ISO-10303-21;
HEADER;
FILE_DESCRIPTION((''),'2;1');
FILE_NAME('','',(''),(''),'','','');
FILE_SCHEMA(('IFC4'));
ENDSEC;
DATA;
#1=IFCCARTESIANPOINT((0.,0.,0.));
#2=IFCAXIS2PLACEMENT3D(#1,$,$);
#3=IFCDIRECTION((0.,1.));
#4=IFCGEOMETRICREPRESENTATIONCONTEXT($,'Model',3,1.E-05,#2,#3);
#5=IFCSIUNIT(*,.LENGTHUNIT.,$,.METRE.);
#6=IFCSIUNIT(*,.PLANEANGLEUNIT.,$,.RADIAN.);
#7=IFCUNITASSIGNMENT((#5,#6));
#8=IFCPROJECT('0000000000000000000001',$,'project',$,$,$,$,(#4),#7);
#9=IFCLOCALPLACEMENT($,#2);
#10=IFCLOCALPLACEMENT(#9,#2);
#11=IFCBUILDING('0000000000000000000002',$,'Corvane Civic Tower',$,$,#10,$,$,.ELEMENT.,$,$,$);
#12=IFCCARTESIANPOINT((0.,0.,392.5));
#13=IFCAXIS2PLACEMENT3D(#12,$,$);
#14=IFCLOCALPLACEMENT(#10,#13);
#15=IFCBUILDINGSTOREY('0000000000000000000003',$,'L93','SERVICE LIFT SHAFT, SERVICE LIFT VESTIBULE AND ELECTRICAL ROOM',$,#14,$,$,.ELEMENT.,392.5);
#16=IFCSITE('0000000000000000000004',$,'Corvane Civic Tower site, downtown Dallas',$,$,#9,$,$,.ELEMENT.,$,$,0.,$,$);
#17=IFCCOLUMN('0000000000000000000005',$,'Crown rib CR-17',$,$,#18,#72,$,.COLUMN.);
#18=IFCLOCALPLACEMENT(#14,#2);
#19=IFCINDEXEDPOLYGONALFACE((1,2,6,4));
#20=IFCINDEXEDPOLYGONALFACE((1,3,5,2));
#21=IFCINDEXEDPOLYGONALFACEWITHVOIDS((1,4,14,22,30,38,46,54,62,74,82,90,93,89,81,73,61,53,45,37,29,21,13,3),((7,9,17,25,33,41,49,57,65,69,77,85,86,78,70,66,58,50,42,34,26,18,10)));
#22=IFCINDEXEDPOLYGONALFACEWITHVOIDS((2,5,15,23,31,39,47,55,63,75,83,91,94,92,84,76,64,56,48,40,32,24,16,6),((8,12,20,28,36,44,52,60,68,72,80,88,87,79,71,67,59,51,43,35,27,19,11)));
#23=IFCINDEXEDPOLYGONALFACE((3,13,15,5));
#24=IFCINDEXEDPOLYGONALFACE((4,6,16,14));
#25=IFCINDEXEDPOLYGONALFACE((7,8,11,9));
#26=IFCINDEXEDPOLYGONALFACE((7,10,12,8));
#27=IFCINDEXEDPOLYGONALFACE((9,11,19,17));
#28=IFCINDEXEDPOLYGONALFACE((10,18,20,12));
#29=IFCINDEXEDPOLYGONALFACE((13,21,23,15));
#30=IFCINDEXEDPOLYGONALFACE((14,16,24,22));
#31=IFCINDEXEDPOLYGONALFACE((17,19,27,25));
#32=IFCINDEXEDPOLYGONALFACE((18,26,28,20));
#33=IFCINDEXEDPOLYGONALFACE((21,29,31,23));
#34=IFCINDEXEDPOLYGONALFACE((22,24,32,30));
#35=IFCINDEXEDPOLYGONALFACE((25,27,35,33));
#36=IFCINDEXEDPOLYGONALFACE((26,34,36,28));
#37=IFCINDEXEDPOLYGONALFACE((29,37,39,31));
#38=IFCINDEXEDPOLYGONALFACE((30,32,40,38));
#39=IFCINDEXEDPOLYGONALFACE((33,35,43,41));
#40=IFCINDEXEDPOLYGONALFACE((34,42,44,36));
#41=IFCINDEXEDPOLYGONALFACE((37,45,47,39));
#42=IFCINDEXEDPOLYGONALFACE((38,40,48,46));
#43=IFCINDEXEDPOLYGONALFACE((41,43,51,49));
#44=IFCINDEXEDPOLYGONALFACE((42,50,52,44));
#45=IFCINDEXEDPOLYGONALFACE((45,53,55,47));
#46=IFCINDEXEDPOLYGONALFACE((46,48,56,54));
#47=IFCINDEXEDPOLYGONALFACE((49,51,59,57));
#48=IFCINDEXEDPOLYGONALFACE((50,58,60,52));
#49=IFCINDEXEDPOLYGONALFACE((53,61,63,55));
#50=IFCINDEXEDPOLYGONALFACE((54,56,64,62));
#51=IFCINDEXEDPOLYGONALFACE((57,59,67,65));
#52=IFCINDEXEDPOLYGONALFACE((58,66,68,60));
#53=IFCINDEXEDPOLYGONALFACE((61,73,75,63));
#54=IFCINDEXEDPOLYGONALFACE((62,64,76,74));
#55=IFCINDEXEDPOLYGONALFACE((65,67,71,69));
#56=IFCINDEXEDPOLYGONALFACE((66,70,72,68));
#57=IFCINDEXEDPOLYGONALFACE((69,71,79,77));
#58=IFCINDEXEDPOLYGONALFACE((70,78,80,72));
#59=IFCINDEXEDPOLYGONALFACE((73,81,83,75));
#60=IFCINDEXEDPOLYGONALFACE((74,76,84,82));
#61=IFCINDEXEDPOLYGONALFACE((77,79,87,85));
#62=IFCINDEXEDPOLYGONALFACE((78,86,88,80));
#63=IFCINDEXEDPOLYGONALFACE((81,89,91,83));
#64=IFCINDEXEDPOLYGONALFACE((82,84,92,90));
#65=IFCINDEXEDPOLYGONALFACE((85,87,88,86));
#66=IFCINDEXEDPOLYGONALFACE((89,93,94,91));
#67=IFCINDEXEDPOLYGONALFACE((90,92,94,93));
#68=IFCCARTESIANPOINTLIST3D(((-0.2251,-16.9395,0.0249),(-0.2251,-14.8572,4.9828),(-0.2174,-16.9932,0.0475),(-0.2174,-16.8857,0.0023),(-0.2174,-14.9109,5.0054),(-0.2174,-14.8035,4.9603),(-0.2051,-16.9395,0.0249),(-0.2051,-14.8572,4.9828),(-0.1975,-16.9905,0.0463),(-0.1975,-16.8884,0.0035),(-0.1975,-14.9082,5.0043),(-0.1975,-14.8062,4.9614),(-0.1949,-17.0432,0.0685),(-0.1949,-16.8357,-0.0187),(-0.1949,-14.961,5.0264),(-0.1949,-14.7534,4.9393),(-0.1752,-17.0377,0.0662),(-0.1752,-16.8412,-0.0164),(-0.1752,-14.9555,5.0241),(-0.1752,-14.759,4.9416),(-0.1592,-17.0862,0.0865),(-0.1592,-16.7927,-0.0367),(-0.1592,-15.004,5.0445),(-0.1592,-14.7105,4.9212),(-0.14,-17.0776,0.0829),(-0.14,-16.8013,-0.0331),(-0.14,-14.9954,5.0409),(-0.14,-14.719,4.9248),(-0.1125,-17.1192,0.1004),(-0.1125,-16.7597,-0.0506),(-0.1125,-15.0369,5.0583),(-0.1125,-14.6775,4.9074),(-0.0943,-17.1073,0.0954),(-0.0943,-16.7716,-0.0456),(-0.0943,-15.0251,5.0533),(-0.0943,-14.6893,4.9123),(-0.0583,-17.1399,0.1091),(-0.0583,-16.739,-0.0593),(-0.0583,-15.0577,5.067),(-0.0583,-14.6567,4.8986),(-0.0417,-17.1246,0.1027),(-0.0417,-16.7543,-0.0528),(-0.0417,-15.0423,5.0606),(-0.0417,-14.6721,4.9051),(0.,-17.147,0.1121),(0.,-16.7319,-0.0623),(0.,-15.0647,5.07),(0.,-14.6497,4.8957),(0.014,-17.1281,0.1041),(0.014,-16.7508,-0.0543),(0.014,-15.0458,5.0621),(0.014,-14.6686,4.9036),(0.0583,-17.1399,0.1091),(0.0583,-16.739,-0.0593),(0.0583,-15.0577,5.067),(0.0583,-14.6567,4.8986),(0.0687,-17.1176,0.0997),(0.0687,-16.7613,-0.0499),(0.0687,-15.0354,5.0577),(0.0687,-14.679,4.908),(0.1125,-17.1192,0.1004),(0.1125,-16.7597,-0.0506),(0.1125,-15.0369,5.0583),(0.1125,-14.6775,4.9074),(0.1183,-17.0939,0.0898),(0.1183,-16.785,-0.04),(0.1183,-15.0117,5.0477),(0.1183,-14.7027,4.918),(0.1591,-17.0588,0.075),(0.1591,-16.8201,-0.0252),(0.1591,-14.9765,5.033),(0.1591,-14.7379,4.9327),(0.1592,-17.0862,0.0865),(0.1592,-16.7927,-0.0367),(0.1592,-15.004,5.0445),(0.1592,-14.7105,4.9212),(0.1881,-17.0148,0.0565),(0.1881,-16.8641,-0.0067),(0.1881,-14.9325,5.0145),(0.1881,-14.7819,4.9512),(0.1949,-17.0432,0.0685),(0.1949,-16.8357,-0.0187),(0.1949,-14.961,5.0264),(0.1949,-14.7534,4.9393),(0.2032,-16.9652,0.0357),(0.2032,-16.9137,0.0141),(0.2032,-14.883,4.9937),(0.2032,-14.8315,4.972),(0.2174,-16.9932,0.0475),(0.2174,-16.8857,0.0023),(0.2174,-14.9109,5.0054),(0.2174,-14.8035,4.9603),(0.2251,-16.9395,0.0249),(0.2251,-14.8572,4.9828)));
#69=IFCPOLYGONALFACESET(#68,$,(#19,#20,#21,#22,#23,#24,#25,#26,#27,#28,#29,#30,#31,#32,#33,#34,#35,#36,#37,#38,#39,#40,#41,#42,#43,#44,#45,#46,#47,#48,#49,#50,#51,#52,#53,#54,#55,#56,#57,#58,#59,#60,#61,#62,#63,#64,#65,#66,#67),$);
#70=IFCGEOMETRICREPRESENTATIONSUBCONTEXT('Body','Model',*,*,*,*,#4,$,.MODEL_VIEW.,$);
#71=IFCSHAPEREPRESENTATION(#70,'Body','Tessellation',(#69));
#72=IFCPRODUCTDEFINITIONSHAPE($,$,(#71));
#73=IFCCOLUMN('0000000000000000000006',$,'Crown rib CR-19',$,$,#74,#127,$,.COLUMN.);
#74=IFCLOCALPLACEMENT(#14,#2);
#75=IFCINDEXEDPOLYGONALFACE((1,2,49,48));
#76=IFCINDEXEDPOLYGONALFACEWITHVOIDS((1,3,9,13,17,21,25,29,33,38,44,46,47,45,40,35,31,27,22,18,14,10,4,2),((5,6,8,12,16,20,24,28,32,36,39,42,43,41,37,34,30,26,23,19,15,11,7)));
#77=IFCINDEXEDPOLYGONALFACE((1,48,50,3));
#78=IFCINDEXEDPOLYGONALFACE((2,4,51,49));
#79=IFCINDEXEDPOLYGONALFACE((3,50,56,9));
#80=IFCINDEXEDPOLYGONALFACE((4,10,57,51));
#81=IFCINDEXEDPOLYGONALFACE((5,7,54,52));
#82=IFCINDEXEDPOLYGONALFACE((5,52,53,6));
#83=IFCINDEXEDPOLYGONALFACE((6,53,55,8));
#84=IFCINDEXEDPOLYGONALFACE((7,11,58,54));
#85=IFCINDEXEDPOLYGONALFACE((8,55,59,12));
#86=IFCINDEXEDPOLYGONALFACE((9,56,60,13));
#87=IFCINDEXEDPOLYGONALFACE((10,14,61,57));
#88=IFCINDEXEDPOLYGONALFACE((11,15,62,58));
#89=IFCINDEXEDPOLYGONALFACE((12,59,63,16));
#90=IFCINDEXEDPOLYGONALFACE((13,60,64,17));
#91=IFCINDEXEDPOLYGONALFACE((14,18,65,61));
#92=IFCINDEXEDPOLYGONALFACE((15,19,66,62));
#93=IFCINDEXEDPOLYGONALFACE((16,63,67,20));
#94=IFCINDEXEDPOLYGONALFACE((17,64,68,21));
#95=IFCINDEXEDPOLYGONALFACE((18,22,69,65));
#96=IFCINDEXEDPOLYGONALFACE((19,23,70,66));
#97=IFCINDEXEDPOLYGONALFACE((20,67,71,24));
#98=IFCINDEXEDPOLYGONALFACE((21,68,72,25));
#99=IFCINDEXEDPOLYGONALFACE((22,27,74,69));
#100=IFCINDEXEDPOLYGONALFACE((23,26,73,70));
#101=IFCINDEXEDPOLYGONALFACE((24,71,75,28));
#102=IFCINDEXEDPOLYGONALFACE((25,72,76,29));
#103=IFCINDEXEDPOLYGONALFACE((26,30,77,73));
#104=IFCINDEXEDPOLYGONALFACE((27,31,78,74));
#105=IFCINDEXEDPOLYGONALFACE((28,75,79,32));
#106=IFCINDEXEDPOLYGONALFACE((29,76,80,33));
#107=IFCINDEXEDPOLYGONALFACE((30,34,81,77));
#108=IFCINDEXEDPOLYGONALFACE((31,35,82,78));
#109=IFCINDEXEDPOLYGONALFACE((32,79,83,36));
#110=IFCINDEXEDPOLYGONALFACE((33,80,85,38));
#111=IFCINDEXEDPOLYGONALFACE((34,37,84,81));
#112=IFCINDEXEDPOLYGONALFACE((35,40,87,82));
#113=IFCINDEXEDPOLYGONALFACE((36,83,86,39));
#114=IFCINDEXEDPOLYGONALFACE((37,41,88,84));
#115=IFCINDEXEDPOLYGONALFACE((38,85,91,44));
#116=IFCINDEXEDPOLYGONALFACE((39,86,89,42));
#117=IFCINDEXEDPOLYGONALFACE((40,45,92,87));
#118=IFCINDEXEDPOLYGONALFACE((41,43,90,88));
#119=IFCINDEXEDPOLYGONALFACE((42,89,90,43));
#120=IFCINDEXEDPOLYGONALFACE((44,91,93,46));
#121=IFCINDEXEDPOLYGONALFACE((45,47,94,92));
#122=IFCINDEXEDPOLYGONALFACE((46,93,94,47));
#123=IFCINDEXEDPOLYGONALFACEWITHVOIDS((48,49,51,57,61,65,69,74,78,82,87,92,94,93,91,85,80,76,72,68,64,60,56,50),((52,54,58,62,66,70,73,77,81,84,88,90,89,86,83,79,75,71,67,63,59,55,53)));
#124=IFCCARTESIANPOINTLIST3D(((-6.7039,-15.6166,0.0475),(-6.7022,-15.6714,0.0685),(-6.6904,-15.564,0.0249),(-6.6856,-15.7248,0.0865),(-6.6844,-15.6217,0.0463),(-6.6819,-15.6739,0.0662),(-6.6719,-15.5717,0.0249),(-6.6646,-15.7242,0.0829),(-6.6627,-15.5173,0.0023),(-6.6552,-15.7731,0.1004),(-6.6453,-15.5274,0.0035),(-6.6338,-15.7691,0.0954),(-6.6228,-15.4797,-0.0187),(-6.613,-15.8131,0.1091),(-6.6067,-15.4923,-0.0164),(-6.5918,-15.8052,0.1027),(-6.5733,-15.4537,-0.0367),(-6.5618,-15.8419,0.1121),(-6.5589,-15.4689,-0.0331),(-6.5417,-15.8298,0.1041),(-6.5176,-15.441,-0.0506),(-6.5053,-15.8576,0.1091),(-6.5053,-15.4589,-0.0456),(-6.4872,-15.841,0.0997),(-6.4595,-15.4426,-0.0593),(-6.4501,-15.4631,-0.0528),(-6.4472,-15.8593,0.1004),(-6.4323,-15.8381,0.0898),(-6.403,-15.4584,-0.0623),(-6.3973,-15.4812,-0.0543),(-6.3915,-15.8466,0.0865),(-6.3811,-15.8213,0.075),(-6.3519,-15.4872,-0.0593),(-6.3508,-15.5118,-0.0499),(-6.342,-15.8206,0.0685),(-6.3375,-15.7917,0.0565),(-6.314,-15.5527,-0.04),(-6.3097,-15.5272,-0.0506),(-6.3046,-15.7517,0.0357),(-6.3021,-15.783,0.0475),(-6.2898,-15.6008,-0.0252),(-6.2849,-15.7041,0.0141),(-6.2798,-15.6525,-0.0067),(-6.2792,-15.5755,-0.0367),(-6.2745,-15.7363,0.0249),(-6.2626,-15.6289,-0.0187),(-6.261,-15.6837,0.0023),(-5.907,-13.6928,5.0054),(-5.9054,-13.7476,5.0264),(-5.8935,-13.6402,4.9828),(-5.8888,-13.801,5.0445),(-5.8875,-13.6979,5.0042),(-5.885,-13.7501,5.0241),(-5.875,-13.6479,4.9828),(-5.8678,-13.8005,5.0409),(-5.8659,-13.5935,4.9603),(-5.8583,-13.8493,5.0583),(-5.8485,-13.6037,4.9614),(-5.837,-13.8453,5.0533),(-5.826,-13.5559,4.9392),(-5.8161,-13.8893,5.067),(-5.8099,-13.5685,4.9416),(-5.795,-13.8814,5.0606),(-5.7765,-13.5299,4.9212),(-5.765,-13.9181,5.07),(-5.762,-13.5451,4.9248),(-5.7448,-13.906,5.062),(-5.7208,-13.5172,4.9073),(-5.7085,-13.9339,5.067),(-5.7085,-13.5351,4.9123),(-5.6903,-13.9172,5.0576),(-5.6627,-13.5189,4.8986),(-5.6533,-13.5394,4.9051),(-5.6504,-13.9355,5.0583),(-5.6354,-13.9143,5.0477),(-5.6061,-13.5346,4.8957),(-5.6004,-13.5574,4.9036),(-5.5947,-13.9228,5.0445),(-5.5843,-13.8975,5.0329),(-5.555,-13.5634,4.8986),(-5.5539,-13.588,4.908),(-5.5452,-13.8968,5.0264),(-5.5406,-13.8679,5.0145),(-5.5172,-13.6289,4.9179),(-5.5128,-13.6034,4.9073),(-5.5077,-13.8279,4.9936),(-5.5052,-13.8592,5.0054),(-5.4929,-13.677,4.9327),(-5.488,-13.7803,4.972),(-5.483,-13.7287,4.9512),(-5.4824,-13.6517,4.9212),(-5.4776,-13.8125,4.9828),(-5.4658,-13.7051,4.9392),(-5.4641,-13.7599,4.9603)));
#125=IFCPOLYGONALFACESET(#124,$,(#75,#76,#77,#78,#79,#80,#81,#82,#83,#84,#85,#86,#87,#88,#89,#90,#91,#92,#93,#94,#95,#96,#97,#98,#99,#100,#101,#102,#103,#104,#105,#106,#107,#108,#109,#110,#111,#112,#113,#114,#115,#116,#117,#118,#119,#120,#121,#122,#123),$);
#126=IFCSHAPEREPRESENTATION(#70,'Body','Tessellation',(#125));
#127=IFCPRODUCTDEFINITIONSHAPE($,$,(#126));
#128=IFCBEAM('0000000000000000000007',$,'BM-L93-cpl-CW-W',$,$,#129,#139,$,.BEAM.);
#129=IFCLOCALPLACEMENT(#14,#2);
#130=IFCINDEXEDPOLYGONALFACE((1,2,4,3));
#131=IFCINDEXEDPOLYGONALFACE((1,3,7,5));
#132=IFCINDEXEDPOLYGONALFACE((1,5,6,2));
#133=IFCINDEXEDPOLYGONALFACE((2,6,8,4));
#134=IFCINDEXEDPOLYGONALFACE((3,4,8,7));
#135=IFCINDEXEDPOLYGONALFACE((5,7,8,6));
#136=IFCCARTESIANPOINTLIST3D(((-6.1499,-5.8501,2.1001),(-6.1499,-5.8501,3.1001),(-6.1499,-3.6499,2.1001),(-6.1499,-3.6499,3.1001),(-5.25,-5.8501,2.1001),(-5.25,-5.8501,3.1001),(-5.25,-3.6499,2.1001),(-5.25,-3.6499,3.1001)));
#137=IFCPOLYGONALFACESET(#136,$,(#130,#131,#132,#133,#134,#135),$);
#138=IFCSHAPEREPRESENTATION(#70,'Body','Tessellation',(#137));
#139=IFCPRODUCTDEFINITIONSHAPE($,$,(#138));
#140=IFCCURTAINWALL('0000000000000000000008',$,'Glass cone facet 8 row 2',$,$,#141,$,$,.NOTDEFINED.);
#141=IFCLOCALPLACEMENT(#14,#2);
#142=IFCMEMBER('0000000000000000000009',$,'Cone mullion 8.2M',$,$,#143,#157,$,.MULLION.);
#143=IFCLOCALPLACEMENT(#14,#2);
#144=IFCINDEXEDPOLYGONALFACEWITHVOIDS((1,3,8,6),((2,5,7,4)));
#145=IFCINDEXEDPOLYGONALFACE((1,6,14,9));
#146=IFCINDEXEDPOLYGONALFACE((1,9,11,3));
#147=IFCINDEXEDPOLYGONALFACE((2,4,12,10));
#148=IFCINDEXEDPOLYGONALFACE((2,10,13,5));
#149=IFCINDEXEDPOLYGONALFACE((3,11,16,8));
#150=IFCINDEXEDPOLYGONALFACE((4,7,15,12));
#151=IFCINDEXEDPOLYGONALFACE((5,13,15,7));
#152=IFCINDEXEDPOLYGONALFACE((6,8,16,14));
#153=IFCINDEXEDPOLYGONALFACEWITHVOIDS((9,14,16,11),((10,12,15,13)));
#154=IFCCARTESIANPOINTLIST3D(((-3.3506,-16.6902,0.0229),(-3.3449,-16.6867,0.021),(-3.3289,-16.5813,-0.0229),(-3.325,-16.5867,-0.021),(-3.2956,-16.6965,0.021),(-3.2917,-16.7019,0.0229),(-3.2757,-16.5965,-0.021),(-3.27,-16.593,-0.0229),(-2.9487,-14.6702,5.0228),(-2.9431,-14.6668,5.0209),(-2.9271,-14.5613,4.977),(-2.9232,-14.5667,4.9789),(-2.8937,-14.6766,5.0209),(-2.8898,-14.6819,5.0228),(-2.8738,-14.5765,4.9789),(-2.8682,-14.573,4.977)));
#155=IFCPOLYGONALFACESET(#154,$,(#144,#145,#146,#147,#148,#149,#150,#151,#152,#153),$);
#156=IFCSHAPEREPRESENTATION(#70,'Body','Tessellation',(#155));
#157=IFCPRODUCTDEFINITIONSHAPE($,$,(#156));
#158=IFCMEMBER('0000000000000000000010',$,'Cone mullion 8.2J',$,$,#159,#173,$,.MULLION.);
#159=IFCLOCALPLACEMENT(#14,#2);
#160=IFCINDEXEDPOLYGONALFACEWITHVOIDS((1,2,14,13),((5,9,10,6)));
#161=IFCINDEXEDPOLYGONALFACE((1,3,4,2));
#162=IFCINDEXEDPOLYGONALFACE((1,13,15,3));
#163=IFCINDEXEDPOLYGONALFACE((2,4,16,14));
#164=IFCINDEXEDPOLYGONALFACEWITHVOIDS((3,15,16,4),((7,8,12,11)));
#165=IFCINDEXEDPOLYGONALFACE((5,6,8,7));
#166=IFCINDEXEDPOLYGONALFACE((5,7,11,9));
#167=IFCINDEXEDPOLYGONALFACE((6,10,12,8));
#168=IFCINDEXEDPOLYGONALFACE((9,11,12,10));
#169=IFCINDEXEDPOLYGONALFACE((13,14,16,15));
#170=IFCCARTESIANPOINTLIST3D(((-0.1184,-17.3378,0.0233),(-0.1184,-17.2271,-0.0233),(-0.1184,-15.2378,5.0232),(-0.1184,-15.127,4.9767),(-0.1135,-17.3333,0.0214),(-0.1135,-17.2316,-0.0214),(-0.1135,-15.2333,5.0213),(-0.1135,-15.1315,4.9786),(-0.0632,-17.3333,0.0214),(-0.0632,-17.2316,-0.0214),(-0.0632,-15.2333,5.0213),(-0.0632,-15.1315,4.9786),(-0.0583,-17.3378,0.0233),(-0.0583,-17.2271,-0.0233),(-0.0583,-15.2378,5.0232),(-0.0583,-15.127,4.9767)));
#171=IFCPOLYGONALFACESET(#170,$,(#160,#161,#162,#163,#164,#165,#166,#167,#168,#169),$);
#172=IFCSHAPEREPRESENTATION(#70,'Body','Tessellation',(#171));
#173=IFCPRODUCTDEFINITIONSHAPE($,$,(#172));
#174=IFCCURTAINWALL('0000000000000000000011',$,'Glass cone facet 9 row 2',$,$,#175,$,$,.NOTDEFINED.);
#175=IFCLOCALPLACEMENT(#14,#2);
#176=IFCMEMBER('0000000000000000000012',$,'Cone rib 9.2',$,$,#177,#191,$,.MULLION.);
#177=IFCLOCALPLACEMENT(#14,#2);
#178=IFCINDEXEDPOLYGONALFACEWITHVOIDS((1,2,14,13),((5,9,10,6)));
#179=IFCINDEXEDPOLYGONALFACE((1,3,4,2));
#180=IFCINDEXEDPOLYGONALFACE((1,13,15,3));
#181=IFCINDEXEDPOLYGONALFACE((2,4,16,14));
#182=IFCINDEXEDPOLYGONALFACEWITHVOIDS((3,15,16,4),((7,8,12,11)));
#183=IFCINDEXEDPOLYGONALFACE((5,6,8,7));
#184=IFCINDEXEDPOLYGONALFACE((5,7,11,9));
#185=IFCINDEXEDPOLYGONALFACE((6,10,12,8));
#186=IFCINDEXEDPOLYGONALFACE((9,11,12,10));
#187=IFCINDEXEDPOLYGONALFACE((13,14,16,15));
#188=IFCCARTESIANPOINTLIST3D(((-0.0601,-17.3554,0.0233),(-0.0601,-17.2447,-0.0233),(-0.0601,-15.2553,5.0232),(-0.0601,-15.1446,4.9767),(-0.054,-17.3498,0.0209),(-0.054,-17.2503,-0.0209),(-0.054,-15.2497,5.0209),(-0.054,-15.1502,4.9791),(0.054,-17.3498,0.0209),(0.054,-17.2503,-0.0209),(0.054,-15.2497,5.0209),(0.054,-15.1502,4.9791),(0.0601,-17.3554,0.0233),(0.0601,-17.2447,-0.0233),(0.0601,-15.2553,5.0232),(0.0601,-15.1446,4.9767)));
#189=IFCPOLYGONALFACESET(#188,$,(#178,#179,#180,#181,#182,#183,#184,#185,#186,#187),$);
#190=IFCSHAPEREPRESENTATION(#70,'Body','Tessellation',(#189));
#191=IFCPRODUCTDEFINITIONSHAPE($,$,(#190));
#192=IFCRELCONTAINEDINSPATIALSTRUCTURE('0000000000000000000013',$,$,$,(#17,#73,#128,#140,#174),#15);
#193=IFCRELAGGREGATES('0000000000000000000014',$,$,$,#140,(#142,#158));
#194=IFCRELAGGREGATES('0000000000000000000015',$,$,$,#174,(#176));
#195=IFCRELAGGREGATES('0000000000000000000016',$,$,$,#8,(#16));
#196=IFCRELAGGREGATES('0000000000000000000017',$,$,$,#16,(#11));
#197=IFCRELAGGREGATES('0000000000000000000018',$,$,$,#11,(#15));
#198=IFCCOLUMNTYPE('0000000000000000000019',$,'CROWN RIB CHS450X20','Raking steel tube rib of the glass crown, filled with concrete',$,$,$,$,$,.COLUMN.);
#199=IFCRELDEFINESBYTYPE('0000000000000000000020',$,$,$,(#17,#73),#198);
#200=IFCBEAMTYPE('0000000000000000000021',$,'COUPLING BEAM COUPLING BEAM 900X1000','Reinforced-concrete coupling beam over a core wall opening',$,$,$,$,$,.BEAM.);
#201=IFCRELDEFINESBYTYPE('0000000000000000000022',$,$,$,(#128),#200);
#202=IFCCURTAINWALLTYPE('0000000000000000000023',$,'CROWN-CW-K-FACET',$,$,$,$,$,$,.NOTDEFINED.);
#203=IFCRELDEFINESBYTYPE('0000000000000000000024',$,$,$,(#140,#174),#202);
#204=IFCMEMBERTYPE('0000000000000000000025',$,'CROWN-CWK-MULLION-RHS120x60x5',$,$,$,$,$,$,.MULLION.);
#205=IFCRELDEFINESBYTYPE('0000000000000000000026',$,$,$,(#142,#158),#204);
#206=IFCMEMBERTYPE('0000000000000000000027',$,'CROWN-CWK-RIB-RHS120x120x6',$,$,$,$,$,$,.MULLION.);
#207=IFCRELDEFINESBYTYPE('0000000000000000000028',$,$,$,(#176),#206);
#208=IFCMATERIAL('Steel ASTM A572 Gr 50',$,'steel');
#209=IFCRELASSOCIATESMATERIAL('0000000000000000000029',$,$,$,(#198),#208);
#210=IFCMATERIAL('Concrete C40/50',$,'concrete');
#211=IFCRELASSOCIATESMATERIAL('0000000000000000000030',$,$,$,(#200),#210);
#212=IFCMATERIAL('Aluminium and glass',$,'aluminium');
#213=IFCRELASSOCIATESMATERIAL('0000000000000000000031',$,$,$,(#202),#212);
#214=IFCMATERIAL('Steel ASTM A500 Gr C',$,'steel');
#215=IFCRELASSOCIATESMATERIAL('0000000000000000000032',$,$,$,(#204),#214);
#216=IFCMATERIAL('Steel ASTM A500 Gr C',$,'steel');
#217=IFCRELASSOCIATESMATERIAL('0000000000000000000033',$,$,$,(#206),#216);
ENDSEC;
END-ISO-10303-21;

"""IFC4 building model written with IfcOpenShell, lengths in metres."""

from ifc_helpers import new_model, si_unit, direction, frame, origin, origin_2d, place, context, subcontext, project, spatial, rectangle, hollow_rectangle, hollow_circle, extrude, material, material_profile, profile_set, type_object, element, aggregate, save


model = new_model("IFC4")

# Units and contexts
model_context = context("Model", 3, precision=1e-05, world=origin(), true_north=direction((0.0, 1.0)))
body_context = subcontext(model_context, "Body", "Model", "MODEL_VIEW")
ifc_project = project(units=[si_unit("LENGTHUNIT", "METRE"), si_unit("PLANEANGLEUNIT", "RADIAN")], contexts=[model_context])

# Site, building, storey
site_placement = place(None, origin())
site = spatial("IfcSite", under=ifc_project, at=site_placement, Name="Corvane Civic Tower site, downtown Dallas", CompositionType="ELEMENT", RefElevation=0.0)
building_placement = place(site_placement, origin())
building = spatial("IfcBuilding", under=site, at=building_placement, Name="Corvane Civic Tower", CompositionType="ELEMENT")
storey_placement = place(building_placement, frame((0.0, 0.0, 392.5)))
storey = spatial("IfcBuildingStorey", under=building, at=storey_placement, Name="L93", Description="SERVICE LIFT SHAFT, SERVICE LIFT VESTIBULE AND ELECTRICAL ROOM", CompositionType="ELEMENT", Elevation=392.5)

# Columns
ifc_material_1 = material(Name="Steel ASTM A572 Gr 50", Category="steel")
ifc_material_profile_1 = material_profile(ifc_material_1, hollow_circle(Radius=0.2251, WallThickness=0.02, at=origin_2d()), Name="CHS450X20")
ifc_profile_set_1 = profile_set([ifc_material_profile_1], Name="Steel ASTM A572 Gr 50")
column_type = type_object("IfcColumnType", Name="CROWN RIB CHS450X20", Description="Raking steel tube rib of the glass crown, filled with concrete", PredefinedType="COLUMN", material=ifc_profile_set_1)
for number, where, z_axis, x_axis, name in (
    (1, (0.0, -16.9395, 0.0249), (0.0, 0.387219, 0.921988), (-1.0, 0.0, 0.0), "Crown rib CR-17"),
    (2, (-6.4824, -15.6501, 0.0249), (0.148186, 0.357752, 0.921984), (-0.92388, 0.382683, 0.0), "Crown rib CR-19"),
):
    element("IfcColumn", number, at=place(storey_placement, frame(where, z_axis=z_axis, x_axis=x_axis)), inside=storey, type_object=column_type, Name=name, PredefinedType="COLUMN", context=body_context, shape_type="SweptSolid", body=[
        extrude(hollow_circle(Radius=0.2251, WallThickness=0.02, at=origin_2d()), origin(), (0.0, 0.0, 1.0), 5.3774),
    ])

# Beam
ifc_material_2 = material(Name="Concrete C40/50", Category="concrete")
ifc_material_profile_2 = material_profile(ifc_material_2, rectangle(XDim=0.8999, YDim=1.0, at=origin_2d()), Name="COUPLING BEAM 900X1000")
ifc_profile_set_2 = profile_set([ifc_material_profile_2], Name="Concrete C40/50")
beam_type_1 = type_object("IfcBeamType", Name="COUPLING BEAM COUPLING BEAM 900X1000", Description="Reinforced-concrete coupling beam over a core wall opening", PredefinedType="BEAM", material=ifc_profile_set_2)
beam_1_placement = place(storey_placement, frame((-5.7, -5.8501, 2.6001), z_axis=(0.0, 1.0, 0.0), x_axis=(-1.0, 0.0, 0.0)))
element("IfcBeam", 3, at=beam_1_placement, inside=storey, type_object=beam_type_1, Name="BM-L93-cpl-CW-W", PredefinedType="BEAM", context=body_context, shape_type="SweptSolid", body=[
    extrude(rectangle(XDim=0.8999, YDim=1.0, at=origin_2d()), origin(), (0.0, 0.0, 1.0), 2.2002),
])

# Curtain wall, members
ifc_material_3 = material(Name="Aluminium and glass", Category="aluminium")
curtain_wall_type = type_object("IfcCurtainWallType", Name="CROWN-CW-K-FACET", PredefinedType="NOTDEFINED", material=ifc_material_3)
curtain_wall_1_placement = place(storey_placement, origin())
curtain_wall_1 = element("IfcCurtainWall", 4, at=curtain_wall_1_placement, inside=storey, type_object=curtain_wall_type, Name="Glass cone facet 8 row 2", PredefinedType="NOTDEFINED")
ifc_material_4 = material(Name="Steel ASTM A500 Gr C", Category="steel")
ifc_material_profile_3 = material_profile(ifc_material_4, hollow_rectangle(XDim=0.0601, YDim=0.1201, WallThickness=0.0049, at=origin_2d()), Name="RHS 120x60x5")
ifc_profile_set_3 = profile_set([ifc_material_profile_3], Name="Steel ASTM A500 Gr C")
member_type_1 = type_object("IfcMemberType", Name="CROWN-CWK-MULLION-RHS120x60x5", PredefinedType="MULLION", material=ifc_profile_set_3)
member_1_placement = place(storey_placement, frame((-3.3103, -16.6416, 0.0), z_axis=(0.074313, 0.373553, 0.924627), x_axis=(-0.980781, 0.195113, 0.0)))
member_1 = element("IfcMember", 5, at=member_1_placement, type_object=member_type_1, Name="Cone mullion 8.2M", PredefinedType="MULLION", context=body_context, shape_type="SweptSolid", body=[
    extrude(hollow_rectangle(XDim=0.0601, YDim=0.1201, WallThickness=0.0049, at=origin_2d()), origin(), (0.0, 0.0, 1.0), 5.4075),
])
member_2_placement = place(storey_placement, frame((-0.0884, -17.2825, 0.0), z_axis=(0.0, 0.387248, 0.921976), x_axis=(-1.0, 0.0, 0.0)))
member_2 = element("IfcMember", 6, at=member_2_placement, type_object=member_type_1, Name="Cone mullion 8.2J", PredefinedType="MULLION", context=body_context, shape_type="SweptSolid", body=[
    extrude(hollow_rectangle(XDim=0.0601, YDim=0.1201, WallThickness=0.0049, at=origin_2d()), origin(), (0.0, 0.0, 1.0), 5.4231),
])

# Curtain wall, member
curtain_wall_2_placement = place(storey_placement, origin())
curtain_wall_2 = element("IfcCurtainWall", 7, at=curtain_wall_2_placement, inside=storey, type_object=curtain_wall_type, Name="Glass cone facet 9 row 2", PredefinedType="NOTDEFINED")
ifc_material_5 = material(Name="Steel ASTM A500 Gr C", Category="steel")
ifc_material_profile_4 = material_profile(ifc_material_5, hollow_rectangle(XDim=0.1201, YDim=0.1201, WallThickness=0.0061, at=origin_2d()), Name="RHS 120x120x6")
ifc_profile_set_4 = profile_set([ifc_material_profile_4], Name="Steel ASTM A500 Gr C")
member_type_2 = type_object("IfcMemberType", Name="CROWN-CWK-RIB-RHS120x120x6", PredefinedType="MULLION", material=ifc_profile_set_4)
member_3_placement = place(storey_placement, frame((0.0, -17.3, 0.0), z_axis=(0.0, 0.387248, 0.921976), x_axis=(-1.0, 0.0, 0.0)))
member_3 = element("IfcMember", 8, at=member_3_placement, type_object=member_type_2, Name="Cone rib 9.2", PredefinedType="MULLION", context=body_context, shape_type="SweptSolid", body=[
    extrude(hollow_rectangle(XDim=0.1201, YDim=0.1201, WallThickness=0.0061, at=origin_2d()), origin(), (0.0, 0.0, 1.0), 5.4231),
])

aggregate(curtain_wall_1, [member_1, member_2])
aggregate(curtain_wall_2, [member_3])

save(model, "model.ifc")
